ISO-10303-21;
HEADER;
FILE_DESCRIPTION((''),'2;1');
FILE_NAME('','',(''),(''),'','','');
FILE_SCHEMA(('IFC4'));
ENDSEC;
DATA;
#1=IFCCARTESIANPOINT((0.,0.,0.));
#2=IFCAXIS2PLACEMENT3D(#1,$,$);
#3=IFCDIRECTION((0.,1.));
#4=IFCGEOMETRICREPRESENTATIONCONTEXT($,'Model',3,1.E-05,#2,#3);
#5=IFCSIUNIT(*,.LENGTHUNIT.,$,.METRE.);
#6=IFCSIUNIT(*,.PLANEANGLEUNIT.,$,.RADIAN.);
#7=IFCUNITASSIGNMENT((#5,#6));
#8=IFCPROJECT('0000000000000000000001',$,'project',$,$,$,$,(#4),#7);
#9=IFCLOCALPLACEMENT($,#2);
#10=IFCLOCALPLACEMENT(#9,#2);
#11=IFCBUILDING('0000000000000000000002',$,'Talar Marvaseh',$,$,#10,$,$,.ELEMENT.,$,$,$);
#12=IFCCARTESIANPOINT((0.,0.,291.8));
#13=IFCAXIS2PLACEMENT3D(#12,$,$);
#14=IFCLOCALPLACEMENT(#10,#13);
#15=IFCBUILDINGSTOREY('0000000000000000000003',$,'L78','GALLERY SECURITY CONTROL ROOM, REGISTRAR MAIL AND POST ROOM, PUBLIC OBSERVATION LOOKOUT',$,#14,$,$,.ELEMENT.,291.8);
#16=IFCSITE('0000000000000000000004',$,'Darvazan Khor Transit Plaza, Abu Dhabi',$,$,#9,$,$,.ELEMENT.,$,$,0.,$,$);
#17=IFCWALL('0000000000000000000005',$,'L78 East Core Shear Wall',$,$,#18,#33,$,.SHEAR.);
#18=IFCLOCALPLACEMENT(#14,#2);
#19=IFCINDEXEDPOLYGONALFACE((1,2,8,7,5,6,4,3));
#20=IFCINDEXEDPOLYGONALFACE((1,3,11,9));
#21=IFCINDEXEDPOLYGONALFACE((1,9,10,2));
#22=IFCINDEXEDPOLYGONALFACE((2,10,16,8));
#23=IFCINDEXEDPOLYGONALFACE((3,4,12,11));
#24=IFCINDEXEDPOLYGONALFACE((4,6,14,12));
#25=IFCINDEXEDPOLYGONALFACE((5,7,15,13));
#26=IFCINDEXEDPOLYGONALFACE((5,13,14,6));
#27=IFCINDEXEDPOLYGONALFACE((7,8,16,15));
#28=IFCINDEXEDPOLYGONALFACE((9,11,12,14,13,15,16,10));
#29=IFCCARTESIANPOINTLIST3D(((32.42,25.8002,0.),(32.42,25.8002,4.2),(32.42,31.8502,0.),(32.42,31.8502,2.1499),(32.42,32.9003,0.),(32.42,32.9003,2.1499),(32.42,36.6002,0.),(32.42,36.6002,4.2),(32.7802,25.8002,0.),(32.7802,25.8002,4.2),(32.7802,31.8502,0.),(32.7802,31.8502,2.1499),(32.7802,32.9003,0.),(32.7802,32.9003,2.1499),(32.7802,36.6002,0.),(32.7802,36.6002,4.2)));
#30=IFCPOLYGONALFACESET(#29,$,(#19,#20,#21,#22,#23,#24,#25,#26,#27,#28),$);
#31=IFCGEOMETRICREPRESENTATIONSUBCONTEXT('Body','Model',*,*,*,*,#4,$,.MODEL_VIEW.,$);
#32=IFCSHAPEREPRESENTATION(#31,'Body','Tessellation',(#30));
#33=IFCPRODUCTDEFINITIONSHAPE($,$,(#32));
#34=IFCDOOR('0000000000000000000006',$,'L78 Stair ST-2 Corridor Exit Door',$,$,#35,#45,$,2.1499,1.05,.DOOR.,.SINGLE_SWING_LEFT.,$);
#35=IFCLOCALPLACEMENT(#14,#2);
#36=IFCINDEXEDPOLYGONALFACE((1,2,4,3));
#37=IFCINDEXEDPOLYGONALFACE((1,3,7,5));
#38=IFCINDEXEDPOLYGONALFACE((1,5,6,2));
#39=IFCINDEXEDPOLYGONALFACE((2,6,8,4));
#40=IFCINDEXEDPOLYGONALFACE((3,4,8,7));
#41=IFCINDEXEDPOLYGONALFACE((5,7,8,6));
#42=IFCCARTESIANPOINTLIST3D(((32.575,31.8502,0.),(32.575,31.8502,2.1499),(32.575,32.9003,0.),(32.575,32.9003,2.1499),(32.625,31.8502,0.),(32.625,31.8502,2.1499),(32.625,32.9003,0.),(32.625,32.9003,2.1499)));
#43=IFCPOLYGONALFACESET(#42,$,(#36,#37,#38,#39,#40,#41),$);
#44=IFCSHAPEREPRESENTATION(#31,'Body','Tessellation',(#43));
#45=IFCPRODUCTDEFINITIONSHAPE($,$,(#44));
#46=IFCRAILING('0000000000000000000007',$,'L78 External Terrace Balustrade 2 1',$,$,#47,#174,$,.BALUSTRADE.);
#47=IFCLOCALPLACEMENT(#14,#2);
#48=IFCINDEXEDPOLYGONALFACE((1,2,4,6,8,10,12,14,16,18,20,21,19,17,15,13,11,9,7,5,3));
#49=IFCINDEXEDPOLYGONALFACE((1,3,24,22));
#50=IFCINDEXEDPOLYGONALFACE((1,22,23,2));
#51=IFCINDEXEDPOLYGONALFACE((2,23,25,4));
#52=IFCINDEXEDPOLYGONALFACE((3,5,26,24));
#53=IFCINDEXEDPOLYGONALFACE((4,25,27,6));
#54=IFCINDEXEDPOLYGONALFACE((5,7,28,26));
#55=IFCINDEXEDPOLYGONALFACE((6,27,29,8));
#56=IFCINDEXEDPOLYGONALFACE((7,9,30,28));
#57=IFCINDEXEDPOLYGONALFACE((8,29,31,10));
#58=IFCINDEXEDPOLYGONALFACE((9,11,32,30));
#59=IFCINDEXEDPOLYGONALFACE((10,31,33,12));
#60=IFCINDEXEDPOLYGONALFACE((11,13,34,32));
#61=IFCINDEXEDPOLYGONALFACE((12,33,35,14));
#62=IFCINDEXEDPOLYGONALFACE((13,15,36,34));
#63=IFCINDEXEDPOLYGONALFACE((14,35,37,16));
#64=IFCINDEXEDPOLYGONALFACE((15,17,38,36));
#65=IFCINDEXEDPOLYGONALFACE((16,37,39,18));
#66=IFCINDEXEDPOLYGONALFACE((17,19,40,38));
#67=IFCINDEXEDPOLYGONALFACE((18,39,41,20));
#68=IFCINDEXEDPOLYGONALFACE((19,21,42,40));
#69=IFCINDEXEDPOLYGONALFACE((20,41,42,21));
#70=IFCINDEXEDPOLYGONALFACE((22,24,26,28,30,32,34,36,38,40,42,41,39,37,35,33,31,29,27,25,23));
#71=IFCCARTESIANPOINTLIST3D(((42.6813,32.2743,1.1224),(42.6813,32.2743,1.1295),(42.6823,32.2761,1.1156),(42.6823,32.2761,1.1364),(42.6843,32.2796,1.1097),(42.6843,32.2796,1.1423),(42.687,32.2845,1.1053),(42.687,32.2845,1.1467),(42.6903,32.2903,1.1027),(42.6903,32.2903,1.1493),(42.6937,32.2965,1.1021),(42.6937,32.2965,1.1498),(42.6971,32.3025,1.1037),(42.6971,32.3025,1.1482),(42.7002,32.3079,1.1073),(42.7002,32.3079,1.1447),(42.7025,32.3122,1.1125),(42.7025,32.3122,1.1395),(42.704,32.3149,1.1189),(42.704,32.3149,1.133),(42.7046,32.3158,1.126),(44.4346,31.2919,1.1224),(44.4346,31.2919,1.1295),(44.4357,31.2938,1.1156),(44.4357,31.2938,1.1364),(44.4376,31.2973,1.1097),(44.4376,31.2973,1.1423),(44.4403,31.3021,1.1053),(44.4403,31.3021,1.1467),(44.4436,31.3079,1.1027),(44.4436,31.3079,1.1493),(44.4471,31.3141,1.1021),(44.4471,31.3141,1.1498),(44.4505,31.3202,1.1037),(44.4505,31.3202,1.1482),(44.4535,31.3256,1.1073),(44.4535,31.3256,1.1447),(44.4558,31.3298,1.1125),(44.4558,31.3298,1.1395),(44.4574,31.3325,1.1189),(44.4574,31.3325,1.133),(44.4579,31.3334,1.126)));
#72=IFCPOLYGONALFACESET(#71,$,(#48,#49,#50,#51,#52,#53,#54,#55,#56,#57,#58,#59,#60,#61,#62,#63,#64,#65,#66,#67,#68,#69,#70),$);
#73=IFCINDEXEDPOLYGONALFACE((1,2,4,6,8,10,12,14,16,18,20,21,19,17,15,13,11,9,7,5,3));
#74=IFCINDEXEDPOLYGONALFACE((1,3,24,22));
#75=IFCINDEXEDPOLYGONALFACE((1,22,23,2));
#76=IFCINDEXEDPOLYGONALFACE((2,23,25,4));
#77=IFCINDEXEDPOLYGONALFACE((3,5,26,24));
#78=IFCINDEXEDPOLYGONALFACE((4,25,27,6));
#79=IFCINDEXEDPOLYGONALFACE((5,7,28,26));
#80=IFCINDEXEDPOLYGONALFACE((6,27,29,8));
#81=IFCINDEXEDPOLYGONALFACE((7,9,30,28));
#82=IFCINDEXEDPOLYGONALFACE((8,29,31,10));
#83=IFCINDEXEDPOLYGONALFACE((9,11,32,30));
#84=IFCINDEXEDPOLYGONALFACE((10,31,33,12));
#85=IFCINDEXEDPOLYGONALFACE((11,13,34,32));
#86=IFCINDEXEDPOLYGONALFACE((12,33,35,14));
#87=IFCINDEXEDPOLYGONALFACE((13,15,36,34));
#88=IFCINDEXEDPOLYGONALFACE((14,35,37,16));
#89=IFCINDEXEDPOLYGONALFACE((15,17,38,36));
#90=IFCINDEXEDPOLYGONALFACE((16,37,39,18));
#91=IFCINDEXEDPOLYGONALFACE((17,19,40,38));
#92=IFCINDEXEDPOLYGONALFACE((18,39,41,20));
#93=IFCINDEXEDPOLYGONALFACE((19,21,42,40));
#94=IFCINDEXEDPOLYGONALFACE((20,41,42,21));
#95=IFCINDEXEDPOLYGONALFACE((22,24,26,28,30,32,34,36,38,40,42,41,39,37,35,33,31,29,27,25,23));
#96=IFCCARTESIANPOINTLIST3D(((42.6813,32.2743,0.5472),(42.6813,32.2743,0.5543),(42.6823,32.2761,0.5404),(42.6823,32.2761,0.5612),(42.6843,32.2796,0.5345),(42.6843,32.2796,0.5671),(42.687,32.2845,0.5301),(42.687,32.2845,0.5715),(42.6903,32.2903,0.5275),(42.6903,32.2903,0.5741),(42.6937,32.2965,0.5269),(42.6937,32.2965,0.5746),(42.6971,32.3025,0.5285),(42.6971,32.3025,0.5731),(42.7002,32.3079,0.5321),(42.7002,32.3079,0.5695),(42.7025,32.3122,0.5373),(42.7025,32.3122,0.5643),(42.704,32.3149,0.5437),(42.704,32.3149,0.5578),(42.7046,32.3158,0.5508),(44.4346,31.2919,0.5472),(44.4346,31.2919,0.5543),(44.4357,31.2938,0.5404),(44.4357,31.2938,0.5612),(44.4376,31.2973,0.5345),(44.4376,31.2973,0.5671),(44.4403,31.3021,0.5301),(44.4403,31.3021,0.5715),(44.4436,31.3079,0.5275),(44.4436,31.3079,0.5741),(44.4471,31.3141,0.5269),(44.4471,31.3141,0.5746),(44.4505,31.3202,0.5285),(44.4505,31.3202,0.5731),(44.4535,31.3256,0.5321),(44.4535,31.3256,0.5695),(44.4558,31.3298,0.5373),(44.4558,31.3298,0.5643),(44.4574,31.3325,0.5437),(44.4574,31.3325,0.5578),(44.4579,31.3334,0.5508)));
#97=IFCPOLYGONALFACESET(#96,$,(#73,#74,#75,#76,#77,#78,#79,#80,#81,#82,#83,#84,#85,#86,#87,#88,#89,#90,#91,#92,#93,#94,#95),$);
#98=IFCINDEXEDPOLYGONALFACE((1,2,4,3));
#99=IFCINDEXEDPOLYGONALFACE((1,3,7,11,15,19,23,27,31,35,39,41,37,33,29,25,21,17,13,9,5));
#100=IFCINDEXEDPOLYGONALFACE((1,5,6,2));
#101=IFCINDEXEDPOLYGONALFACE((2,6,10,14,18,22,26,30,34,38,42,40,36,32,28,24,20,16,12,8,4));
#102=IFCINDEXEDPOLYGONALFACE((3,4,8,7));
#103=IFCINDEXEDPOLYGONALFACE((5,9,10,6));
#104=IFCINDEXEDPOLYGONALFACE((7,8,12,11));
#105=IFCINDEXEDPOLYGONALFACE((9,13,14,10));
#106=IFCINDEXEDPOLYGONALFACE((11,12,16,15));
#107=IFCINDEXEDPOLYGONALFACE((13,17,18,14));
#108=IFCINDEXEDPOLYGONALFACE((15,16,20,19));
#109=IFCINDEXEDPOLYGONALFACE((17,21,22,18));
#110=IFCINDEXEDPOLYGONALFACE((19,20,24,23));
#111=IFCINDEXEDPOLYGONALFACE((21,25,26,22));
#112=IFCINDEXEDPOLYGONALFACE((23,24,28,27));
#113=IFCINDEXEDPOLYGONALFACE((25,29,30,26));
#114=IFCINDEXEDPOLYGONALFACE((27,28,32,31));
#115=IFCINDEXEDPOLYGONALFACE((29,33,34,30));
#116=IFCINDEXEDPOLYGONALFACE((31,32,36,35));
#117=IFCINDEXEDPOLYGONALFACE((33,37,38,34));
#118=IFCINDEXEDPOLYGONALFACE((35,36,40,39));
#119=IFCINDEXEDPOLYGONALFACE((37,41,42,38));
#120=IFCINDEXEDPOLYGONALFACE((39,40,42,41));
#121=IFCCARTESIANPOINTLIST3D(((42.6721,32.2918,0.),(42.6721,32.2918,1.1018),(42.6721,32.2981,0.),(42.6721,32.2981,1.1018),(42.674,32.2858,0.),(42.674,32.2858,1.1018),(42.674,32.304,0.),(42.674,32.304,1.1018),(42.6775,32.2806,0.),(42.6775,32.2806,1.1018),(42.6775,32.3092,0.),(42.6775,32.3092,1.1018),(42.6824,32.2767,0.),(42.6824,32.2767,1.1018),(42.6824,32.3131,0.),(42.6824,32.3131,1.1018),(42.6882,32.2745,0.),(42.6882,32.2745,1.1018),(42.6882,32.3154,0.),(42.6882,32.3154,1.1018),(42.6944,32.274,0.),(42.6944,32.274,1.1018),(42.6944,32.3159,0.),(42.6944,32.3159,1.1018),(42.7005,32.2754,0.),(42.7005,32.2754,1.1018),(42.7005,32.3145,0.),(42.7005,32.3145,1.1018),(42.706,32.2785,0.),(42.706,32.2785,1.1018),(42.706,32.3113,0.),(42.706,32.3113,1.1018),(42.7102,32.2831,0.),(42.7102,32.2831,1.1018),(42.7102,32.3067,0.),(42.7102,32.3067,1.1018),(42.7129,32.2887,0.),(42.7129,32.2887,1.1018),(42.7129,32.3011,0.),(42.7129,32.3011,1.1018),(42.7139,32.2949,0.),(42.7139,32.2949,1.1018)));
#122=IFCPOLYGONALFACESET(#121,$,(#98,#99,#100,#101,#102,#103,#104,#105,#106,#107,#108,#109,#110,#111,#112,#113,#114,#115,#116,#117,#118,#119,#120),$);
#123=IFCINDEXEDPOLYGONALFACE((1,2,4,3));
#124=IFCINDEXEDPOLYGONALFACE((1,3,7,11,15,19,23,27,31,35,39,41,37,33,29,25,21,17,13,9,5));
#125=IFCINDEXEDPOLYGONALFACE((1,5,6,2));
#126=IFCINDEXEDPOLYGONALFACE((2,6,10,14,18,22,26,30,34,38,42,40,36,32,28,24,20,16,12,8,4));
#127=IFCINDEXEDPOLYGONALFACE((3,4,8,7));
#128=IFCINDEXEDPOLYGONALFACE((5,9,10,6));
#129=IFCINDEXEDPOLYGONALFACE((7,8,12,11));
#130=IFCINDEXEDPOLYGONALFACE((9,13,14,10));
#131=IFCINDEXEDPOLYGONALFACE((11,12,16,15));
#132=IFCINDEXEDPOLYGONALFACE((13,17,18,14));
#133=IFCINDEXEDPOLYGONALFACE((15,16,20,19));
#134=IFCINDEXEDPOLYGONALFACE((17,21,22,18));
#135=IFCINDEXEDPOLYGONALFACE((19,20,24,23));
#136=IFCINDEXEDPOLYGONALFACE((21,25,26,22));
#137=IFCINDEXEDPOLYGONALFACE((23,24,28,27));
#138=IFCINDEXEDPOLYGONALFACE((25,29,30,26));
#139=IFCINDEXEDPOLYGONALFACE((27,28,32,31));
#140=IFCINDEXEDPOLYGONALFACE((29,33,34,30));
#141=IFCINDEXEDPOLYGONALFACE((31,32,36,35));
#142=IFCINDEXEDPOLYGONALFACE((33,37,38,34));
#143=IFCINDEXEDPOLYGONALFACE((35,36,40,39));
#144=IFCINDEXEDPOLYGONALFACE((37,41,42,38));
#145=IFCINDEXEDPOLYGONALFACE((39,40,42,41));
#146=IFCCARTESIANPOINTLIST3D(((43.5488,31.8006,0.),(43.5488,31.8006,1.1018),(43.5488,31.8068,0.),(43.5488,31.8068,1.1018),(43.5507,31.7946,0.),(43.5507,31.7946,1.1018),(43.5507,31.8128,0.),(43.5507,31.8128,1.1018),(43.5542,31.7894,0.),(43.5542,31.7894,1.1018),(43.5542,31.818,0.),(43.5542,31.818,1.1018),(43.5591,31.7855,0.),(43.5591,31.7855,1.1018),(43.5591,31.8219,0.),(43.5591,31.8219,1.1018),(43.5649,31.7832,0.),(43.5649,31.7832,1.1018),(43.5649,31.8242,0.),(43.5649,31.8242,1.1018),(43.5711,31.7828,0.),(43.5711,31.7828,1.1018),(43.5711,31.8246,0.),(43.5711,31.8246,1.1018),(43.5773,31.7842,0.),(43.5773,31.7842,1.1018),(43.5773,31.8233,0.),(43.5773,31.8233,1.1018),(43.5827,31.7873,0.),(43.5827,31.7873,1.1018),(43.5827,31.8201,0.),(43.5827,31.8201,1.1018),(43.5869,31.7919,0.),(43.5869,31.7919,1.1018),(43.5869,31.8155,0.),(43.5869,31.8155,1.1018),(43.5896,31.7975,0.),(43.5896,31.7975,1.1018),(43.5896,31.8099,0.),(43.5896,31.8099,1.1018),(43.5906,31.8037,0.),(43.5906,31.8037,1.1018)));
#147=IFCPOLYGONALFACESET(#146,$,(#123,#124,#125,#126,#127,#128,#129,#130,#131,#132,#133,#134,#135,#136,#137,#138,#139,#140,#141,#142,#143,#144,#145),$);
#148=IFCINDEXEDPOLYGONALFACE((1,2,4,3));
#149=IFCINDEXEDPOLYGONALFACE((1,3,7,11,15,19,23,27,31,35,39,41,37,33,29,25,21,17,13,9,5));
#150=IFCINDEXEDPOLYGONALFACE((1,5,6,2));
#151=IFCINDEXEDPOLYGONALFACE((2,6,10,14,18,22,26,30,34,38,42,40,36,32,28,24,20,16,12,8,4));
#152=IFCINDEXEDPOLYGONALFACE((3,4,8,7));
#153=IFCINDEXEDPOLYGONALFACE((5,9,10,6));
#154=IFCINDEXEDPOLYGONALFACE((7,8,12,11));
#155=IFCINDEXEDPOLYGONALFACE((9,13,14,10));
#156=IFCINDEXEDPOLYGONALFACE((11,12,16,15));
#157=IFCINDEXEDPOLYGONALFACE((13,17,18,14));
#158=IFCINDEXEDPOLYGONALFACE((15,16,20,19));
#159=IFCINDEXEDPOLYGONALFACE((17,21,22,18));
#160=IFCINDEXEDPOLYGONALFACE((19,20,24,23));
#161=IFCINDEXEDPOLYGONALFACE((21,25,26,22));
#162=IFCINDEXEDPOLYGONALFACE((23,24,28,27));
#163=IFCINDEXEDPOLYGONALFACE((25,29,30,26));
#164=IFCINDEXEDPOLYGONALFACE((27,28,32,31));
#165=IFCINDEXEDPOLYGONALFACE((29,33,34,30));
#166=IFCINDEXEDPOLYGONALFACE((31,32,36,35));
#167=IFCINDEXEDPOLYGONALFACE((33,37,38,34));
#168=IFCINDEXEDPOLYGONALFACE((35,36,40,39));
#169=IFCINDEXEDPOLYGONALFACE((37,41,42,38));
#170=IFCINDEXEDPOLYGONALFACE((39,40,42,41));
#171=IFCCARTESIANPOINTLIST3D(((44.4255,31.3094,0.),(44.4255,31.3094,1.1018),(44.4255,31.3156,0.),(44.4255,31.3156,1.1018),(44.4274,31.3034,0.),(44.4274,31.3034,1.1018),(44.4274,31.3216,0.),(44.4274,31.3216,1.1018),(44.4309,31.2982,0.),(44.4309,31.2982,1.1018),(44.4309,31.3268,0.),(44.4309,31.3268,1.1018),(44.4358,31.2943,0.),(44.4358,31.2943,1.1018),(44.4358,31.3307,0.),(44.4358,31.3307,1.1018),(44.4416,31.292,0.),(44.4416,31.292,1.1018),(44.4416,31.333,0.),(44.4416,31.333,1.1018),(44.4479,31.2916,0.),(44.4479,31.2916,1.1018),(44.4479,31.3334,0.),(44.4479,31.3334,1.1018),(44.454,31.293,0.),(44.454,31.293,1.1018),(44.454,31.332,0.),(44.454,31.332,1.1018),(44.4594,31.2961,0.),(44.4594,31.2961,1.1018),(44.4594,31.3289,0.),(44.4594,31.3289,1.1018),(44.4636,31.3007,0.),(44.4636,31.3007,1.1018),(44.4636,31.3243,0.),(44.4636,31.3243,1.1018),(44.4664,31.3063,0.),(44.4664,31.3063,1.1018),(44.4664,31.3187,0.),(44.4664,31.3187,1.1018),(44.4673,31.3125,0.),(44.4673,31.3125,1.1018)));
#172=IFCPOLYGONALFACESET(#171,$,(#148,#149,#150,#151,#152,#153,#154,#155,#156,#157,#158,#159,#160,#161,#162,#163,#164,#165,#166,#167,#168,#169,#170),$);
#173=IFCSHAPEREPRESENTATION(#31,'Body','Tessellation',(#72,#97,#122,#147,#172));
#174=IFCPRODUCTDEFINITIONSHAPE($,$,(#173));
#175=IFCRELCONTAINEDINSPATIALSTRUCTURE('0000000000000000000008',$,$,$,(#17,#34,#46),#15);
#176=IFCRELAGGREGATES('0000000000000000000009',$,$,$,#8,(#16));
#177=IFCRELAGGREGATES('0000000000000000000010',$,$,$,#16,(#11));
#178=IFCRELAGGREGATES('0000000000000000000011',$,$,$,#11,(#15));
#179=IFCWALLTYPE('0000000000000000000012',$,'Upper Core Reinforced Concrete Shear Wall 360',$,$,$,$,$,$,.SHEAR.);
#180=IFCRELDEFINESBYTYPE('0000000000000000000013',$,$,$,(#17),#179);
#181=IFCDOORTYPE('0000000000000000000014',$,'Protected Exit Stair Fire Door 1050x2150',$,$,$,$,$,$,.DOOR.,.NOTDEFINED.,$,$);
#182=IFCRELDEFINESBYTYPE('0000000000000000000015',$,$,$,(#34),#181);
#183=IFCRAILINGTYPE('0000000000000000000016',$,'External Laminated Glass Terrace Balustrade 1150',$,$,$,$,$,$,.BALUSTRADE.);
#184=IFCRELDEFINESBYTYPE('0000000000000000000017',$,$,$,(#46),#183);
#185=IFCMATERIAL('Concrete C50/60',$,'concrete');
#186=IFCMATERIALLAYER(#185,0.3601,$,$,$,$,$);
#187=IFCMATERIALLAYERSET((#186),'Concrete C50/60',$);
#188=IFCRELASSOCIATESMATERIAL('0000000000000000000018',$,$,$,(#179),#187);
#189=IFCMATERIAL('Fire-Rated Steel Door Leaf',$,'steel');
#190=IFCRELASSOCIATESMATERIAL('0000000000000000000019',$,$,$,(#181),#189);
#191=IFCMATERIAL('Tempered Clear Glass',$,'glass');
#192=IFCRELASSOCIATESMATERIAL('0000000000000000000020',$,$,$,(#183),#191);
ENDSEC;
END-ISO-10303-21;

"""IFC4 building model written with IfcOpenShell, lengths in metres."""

from ifc_helpers import new_model, si_unit, direction, frame, frame_2d, origin, origin_2d, place, context, subcontext, project, spatial, rectangle, circle, extrude, source, transform, mapped, material, layer, layer_set, type_object, type_shapes, element, fill, save


model = new_model("IFC4")

# Units and contexts
model_context = context("Model", 3, precision=1e-05, world=origin(), true_north=direction((0.0, 1.0)))
body_context = subcontext(model_context, "Body", "Model", "MODEL_VIEW")
ifc_project = project(units=[si_unit("LENGTHUNIT", "METRE"), si_unit("PLANEANGLEUNIT", "RADIAN")], contexts=[model_context])

# Site, building, storey
site_placement = place(None, origin())
site = spatial("IfcSite", under=ifc_project, at=site_placement, Name="Darvazan Khor Transit Plaza, Abu Dhabi", CompositionType="ELEMENT", RefElevation=0.0)
building_placement = place(site_placement, origin())
building = spatial("IfcBuilding", under=site, at=building_placement, Name="Talar Marvaseh", CompositionType="ELEMENT")
storey_placement = place(building_placement, frame((0.0, 0.0, 291.8)))
storey = spatial("IfcBuildingStorey", under=building, at=storey_placement, Name="L78", Description="GALLERY SECURITY CONTROL ROOM, REGISTRAR MAIL AND POST ROOM, PUBLIC OBSERVATION LOOKOUT", CompositionType="ELEMENT", Elevation=291.8)

# Shared definitions
ifc_material_1 = material(Name="Concrete C50/60", Category="concrete")

# Wall, opening, door
ifc_layer_1 = layer(ifc_material_1, 0.3601)
ifc_layer_set_1 = layer_set([ifc_layer_1], Name="Concrete C50/60")
wall_type_1 = type_object("IfcWallType", Name="Upper Core Reinforced Concrete Shear Wall 360", PredefinedType="SHEAR", material=ifc_layer_set_1)
wall_1_placement = place(storey_placement, frame((32.6001, 36.6001, 0.0), z_axis=(0.0, 0.0, 1.0), x_axis=(0.0, -1.0, 0.0)))
wall_1 = element("IfcWall", 1, at=wall_1_placement, inside=storey, type_object=wall_type_1, Name="L78 East Core Shear Wall", PredefinedType="SHEAR", context=body_context, shape_type="SweptSolid", body=[
    extrude(rectangle(XDim=10.8, YDim=0.3601, at=frame_2d((5.3999, 0.0))), origin(), (0.0, 0.0, 1.0), 4.2),
])
opening_1_placement = place(wall_1_placement, frame((3.7, 0.0, 0.0)))
opening_1 = element("IfcOpeningElement", 2, at=opening_1_placement, cuts=wall_1, PredefinedType="OPENING", context=body_context, shape_type="SweptSolid", body=[
    extrude(rectangle(XDim=1.05, YDim=2.1499, at=frame_2d((0.5249, 1.075))), frame((0.0, 0.1899, 0.0), z_axis=(0.0, -1.0, 0.0), x_axis=(1.0, 0.0, 0.0)), (0.0, 0.0, 1.0), 0.3801),
])
ifc_material_2 = material(Name="Fire-Rated Steel Door Leaf", Category="steel")
door_type_1 = type_object("IfcDoorType", Name="Protected Exit Stair Fire Door 1050x2150", OperationType="NOTDEFINED", PredefinedType="DOOR", material=ifc_material_2)
shared_shape_1 = source(origin(), body_context, "Body", "SweptSolid", [
    extrude(rectangle(XDim=1.05, YDim=2.1499, at=frame_2d((0.5249, 1.075))), frame((0.0, 0.0249, 0.0), z_axis=(0.0, -1.0, 0.0), x_axis=(1.0, 0.0, 0.0)), (0.0, 0.0, 1.0), 0.05),
])
type_shapes(door_type_1, [shared_shape_1])
door_1_placement = place(opening_1_placement, origin())
door_1 = element("IfcDoor", 3, at=door_1_placement, inside=storey, type_object=door_type_1, Name="L78 Stair ST-2 Corridor Exit Door", OperationType="SINGLE_SWING_LEFT", OverallHeight=2.1499, OverallWidth=1.05, PredefinedType="DOOR", context=body_context, shape_type="MappedRepresentation", body=[
    mapped(shared_shape_1, transform((0.0, 0.0, 0.0), x_axis=(1.0, 0.0, 0.0), y_axis=(0.0, 1.0, 0.0), z_axis=(0.0, 0.0, 1.0), scale=1.0)),
])
fill(opening_1, door_1)

# Railing
ifc_material_3 = material(Name="Tempered Clear Glass", Category="glass")
railing_type = type_object("IfcRailingType", Name="External Laminated Glass Terrace Balustrade 1150", PredefinedType="BALUSTRADE", material=ifc_material_3)
railing_1_placement = place(storey_placement, frame((42.6929, 32.2949, 0.0)))
element("IfcRailing", 4, at=railing_1_placement, inside=storey, type_object=railing_type, Name="L78 External Terrace Balustrade 2 1", PredefinedType="BALUSTRADE", context=body_context, shape_type="SweptSolid", body=[
    extrude(circle(Radius=0.0239, at=origin_2d()), frame((0.0, 0.0, 1.126), z_axis=(0.872398, -0.488796, 0.0), x_axis=(0.488796, 0.872398, 0.0)), (0.0, 0.0, 1.0), 2.0098),
    extrude(circle(Radius=0.0239, at=origin_2d()), frame((0.0, 0.0, 0.5508), z_axis=(0.872398, -0.488796, 0.0), x_axis=(0.488796, 0.872398, 0.0)), (0.0, 0.0, 1.0), 2.0098),
    extrude(circle(Radius=0.021, at=origin_2d()), origin(), (0.0, 0.0, 1.0), 1.1018),
    extrude(circle(Radius=0.021, at=origin_2d()), frame((0.8767, -0.4912, 0.0)), (0.0, 0.0, 1.0), 1.1018),
    extrude(circle(Radius=0.021, at=origin_2d()), frame((1.7534, -0.9824, 0.0)), (0.0, 0.0, 1.0), 1.1018),
])

save(model, "model.ifc")
